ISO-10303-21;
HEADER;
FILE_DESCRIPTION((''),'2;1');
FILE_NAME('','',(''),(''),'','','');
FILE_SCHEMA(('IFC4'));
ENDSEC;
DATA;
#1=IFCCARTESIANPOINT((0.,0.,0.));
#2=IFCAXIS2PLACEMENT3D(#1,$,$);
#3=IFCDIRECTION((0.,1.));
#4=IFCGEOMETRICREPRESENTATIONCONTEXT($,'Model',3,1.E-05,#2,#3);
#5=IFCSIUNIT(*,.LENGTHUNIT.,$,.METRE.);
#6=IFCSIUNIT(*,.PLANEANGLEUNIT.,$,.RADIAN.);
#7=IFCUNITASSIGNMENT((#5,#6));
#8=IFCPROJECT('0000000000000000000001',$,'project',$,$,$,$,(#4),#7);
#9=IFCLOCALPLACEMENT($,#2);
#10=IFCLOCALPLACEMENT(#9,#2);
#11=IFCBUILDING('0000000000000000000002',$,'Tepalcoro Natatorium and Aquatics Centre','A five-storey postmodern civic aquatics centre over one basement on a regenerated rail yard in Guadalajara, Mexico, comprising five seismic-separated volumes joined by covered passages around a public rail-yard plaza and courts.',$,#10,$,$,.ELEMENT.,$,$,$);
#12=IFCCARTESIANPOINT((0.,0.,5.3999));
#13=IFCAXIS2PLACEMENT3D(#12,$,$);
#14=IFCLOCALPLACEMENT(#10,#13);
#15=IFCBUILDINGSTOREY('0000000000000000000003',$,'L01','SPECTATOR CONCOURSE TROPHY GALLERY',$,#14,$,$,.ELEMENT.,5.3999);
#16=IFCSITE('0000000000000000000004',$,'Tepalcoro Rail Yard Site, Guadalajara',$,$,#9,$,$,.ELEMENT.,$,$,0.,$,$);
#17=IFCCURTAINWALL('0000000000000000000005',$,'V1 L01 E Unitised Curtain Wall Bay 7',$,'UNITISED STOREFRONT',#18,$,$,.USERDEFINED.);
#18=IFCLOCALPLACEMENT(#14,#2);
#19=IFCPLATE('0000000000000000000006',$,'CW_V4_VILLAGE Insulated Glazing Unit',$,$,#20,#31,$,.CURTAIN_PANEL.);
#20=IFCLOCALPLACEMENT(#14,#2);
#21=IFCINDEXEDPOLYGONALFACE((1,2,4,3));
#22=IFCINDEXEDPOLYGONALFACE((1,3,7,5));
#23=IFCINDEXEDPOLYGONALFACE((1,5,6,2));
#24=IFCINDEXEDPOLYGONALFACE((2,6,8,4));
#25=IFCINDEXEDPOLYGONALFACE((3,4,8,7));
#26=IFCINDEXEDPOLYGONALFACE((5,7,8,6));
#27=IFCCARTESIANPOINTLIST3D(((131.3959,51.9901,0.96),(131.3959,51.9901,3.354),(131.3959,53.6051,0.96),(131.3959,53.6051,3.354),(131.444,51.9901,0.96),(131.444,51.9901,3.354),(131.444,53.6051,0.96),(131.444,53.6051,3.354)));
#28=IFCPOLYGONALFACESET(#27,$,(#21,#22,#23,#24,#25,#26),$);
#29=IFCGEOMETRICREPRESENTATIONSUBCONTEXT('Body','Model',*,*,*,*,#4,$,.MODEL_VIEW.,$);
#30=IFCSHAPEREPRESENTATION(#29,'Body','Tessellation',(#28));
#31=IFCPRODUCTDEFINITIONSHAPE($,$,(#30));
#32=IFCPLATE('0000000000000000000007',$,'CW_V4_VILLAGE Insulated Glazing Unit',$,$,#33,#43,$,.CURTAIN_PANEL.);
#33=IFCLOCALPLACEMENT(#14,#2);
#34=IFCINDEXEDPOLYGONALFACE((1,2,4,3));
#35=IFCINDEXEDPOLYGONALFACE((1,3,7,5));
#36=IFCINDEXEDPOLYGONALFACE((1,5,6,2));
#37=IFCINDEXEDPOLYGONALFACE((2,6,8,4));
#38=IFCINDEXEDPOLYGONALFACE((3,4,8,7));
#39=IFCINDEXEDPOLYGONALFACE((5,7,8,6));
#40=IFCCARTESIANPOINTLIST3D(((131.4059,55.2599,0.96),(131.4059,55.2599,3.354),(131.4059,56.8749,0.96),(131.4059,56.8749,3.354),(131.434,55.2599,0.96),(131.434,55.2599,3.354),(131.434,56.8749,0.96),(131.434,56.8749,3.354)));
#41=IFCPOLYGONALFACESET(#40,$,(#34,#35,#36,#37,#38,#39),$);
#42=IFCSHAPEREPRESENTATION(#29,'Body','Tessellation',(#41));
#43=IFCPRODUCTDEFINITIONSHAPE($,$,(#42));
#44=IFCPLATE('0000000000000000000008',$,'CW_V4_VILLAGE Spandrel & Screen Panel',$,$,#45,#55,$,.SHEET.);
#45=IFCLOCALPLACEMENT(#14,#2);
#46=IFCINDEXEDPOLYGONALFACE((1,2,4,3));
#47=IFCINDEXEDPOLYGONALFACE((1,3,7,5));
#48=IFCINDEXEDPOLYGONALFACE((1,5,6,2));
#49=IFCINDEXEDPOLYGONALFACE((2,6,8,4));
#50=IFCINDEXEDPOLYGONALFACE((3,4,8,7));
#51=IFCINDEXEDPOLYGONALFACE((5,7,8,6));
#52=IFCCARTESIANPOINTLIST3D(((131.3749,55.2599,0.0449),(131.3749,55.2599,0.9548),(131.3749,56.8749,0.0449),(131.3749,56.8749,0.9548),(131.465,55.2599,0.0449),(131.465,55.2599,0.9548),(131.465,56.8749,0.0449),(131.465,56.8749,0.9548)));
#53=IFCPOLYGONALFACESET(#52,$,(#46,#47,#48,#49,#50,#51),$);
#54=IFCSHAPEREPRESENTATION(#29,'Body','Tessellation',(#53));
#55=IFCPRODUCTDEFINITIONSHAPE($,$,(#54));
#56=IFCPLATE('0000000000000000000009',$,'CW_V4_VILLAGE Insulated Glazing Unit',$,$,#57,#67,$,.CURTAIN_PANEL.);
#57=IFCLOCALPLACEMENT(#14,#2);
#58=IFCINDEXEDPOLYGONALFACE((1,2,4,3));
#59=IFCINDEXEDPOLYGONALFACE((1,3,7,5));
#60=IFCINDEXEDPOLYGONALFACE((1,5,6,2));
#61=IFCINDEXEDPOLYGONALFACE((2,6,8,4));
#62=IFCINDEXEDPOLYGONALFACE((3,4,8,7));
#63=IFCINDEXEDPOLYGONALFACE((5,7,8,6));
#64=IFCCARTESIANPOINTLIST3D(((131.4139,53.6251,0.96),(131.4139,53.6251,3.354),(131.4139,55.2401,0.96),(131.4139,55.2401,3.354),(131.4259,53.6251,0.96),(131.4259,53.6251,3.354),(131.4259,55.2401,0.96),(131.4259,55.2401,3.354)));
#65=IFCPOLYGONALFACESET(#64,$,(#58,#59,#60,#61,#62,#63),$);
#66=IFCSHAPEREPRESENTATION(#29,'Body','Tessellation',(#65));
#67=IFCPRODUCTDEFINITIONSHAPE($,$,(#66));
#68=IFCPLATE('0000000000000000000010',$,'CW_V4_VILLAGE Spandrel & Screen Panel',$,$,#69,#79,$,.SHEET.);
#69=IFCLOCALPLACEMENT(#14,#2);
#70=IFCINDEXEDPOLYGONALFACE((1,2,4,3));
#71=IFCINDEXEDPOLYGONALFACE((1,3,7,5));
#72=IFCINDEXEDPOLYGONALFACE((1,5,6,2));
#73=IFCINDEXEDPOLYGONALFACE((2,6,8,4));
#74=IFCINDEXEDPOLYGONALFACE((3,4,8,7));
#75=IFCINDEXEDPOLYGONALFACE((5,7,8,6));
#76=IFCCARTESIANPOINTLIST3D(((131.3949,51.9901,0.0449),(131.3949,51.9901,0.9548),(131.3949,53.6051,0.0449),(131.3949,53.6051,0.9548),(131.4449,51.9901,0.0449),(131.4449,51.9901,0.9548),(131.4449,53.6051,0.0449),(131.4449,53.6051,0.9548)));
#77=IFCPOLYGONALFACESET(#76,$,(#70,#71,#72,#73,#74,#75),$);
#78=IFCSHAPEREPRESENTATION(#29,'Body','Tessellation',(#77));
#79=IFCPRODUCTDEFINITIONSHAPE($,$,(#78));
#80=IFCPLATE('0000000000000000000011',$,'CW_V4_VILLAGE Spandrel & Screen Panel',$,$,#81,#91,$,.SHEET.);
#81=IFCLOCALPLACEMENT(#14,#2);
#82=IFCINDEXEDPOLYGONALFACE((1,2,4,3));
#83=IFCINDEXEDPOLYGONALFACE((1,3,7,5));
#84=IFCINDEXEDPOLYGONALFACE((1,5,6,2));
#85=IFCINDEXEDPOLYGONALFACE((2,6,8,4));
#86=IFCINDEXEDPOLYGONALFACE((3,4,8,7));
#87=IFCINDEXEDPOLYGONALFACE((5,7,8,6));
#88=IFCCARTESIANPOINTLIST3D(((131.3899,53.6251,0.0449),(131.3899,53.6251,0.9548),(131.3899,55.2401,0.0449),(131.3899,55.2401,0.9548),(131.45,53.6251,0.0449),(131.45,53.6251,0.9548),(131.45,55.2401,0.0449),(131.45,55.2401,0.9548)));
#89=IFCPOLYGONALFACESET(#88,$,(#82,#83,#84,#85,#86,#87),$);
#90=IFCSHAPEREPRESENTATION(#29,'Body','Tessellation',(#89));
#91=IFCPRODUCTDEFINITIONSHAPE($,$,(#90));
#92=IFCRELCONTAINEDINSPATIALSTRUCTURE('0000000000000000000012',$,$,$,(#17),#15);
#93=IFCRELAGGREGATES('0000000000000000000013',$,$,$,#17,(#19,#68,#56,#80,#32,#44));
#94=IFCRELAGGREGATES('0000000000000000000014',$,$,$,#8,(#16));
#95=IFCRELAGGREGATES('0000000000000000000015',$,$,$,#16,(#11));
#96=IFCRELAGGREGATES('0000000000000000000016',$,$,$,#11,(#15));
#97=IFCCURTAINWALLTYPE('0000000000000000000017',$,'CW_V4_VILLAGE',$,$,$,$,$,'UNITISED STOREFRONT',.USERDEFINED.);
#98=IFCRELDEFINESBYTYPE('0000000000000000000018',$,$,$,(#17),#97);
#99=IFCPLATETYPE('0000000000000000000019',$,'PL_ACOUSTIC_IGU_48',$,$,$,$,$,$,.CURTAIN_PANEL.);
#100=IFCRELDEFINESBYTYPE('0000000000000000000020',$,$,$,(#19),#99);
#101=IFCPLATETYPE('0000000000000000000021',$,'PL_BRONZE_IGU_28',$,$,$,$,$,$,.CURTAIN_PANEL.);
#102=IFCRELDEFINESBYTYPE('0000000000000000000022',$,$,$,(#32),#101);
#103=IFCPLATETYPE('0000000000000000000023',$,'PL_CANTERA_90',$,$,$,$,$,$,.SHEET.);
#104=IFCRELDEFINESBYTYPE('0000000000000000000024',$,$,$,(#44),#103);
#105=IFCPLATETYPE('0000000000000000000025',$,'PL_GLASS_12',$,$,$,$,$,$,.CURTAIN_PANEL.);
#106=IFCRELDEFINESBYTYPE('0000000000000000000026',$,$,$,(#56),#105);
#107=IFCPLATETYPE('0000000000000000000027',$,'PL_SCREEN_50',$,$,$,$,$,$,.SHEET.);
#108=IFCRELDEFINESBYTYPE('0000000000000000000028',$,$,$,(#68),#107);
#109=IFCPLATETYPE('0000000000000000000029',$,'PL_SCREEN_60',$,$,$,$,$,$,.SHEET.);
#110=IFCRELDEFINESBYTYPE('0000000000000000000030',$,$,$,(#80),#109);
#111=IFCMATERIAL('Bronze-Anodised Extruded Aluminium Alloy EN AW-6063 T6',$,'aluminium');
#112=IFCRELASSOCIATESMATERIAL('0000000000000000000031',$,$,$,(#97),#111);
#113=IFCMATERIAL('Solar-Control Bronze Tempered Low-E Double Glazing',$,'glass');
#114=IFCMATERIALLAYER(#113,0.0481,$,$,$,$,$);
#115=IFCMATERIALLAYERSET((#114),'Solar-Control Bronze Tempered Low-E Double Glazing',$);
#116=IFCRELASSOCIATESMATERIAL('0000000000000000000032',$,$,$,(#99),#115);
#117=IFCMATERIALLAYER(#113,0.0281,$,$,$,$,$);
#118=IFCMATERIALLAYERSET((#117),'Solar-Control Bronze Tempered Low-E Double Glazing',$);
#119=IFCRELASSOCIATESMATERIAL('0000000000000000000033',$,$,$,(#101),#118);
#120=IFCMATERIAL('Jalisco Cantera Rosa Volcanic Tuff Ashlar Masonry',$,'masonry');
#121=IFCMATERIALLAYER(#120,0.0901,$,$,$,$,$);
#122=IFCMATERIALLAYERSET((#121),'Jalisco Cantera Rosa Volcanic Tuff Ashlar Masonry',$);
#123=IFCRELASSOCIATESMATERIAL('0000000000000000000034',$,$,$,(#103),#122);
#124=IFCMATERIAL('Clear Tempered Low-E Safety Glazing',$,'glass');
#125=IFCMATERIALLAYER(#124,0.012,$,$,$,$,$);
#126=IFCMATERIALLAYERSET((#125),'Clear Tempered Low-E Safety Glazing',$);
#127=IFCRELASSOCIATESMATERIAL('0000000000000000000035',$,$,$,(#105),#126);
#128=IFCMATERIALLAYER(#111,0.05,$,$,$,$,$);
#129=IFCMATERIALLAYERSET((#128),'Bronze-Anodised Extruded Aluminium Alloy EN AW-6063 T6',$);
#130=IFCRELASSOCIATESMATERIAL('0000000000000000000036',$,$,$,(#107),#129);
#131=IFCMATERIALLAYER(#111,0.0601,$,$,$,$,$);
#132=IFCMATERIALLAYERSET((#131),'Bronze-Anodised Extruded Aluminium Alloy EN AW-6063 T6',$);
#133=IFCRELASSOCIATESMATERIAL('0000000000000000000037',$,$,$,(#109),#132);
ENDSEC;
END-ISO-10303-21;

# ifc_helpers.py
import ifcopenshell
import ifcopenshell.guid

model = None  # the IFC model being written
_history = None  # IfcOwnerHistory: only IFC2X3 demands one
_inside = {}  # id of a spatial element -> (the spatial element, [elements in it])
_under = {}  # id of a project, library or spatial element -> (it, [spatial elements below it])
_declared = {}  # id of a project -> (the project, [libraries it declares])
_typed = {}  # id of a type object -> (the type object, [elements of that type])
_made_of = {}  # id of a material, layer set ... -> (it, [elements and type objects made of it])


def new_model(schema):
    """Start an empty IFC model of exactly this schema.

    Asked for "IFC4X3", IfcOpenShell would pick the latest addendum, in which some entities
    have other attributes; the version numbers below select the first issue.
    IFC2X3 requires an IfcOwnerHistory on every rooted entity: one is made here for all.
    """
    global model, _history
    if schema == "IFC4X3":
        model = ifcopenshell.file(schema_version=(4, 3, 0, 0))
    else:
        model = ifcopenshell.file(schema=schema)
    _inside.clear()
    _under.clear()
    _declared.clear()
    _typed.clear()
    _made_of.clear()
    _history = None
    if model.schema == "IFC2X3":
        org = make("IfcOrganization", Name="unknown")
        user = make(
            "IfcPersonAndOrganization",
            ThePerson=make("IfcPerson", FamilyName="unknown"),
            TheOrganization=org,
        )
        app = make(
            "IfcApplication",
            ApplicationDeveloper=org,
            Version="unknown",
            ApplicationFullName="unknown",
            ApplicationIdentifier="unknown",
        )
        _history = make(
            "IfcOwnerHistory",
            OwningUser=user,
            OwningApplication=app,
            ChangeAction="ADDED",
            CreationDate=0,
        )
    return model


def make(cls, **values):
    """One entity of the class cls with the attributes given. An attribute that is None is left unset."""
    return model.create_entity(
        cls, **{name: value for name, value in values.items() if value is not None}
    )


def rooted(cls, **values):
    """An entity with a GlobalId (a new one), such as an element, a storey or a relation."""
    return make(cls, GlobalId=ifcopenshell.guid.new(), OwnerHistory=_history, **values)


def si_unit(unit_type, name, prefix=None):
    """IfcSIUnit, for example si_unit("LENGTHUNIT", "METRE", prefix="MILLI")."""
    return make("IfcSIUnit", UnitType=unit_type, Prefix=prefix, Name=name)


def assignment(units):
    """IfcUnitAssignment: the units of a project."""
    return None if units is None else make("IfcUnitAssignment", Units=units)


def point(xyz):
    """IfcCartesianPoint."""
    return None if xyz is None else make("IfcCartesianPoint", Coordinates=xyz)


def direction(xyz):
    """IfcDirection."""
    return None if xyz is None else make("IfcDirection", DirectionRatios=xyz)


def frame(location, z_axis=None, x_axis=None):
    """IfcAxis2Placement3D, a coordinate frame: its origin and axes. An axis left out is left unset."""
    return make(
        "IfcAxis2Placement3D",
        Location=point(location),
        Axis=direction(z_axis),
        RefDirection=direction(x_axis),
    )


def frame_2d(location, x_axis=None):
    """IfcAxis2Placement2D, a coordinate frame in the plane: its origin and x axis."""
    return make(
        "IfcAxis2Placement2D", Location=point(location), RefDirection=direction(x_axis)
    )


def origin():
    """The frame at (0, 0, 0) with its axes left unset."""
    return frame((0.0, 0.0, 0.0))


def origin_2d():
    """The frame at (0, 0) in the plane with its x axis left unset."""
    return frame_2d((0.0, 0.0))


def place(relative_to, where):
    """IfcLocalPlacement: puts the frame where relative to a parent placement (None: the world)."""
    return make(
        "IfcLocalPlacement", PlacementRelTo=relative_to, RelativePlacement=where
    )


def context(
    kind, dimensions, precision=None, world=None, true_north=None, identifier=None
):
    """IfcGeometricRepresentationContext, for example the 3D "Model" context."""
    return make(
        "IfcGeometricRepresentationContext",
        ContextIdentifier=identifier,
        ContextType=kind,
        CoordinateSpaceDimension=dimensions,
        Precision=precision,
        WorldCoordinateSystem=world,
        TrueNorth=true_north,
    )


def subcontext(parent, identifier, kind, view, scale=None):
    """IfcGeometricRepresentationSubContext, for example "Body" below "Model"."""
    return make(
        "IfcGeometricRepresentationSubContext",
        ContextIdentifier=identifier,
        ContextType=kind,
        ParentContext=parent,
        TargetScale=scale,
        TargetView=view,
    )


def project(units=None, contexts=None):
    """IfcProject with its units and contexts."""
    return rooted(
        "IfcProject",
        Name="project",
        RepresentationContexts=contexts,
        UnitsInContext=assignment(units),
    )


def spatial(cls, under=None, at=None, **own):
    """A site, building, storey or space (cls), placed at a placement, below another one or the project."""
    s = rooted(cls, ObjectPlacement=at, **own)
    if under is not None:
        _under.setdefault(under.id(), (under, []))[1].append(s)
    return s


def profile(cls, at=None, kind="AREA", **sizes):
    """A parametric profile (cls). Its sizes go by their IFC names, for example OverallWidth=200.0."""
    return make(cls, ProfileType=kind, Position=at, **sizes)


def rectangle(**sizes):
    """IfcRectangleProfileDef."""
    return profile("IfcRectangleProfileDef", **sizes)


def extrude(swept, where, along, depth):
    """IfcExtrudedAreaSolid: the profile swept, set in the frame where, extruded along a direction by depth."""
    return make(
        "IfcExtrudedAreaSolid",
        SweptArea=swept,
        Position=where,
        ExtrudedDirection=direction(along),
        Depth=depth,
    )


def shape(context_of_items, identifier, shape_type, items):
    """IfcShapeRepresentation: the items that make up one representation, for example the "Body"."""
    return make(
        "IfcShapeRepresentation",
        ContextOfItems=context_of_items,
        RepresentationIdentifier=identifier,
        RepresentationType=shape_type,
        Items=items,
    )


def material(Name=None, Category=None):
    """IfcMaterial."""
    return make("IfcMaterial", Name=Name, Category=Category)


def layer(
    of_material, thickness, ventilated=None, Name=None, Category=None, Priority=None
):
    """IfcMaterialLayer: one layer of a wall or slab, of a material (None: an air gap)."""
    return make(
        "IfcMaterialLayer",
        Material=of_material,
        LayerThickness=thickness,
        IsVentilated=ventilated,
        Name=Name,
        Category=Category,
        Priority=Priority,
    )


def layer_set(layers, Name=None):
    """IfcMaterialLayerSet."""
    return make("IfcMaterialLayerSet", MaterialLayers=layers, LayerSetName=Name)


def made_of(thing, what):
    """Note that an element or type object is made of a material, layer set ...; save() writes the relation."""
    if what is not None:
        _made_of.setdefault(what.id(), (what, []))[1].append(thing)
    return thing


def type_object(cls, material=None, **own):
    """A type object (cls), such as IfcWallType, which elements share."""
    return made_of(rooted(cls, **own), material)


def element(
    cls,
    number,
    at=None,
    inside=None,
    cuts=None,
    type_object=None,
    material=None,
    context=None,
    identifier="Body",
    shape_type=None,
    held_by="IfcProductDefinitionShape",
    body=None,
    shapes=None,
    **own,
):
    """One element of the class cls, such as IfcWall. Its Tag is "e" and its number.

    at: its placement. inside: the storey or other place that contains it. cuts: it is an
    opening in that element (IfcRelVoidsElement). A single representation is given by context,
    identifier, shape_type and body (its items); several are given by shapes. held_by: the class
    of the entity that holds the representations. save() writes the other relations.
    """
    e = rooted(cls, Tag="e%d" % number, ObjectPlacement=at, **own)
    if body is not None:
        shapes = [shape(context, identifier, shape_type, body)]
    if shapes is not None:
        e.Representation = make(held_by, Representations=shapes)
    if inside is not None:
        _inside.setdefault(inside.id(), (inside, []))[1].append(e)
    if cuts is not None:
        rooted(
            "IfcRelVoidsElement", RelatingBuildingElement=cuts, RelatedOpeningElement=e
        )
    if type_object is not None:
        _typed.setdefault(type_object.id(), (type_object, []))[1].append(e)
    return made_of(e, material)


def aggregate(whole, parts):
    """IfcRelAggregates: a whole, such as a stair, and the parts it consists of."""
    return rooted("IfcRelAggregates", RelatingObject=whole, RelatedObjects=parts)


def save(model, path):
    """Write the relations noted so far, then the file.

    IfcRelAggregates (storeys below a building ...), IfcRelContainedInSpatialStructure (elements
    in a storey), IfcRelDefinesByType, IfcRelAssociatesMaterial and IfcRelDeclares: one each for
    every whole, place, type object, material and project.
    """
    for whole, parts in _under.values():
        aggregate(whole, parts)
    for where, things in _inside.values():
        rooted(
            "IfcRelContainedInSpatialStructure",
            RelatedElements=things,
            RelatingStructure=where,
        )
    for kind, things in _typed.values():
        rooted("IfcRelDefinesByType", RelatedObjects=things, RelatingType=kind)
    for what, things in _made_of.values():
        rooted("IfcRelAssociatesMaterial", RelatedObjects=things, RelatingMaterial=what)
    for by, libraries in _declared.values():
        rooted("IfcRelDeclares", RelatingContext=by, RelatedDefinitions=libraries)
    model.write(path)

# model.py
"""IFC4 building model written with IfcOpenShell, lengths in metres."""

from ifc_helpers import new_model, si_unit, direction, frame, origin, origin_2d, place, context, subcontext, project, spatial, rectangle, extrude, material, layer, layer_set, type_object, element, aggregate, save


model = new_model("IFC4")

# Units and contexts
model_context = context("Model", 3, precision=1e-05, world=origin(), true_north=direction((0.0, 1.0)))
body_context = subcontext(model_context, "Body", "Model", "MODEL_VIEW")
ifc_project = project(units=[si_unit("LENGTHUNIT", "METRE"), si_unit("PLANEANGLEUNIT", "RADIAN")], contexts=[model_context])

# Site, building, storey
site_placement = place(None, origin())
site = spatial("IfcSite", under=ifc_project, at=site_placement, Name="Tepalcoro Rail Yard Site, Guadalajara", CompositionType="ELEMENT", RefElevation=0.0)
building_placement = place(site_placement, origin())
building = spatial("IfcBuilding", under=site, at=building_placement, Name="Tepalcoro Natatorium and Aquatics Centre", Description="A five-storey postmodern civic aquatics centre over one basement on a regenerated rail yard in Guadalajara, Mexico, comprising five seismic-separated volumes joined by covered passages around a public rail-yard plaza and courts.", CompositionType="ELEMENT")
storey_placement = place(building_placement, frame((0.0, 0.0, 5.3999)))
storey = spatial("IfcBuildingStorey", under=building, at=storey_placement, Name="L01", Description="SPECTATOR CONCOURSE TROPHY GALLERY", CompositionType="ELEMENT", Elevation=5.3999)

# Curtain wall
ifc_material_1 = material(Name="Bronze-Anodised Extruded Aluminium Alloy EN AW-6063 T6", Category="aluminium")
curtain_wall_type = type_object("IfcCurtainWallType", Name="CW_V4_VILLAGE", ElementType="UNITISED STOREFRONT", PredefinedType="USERDEFINED", material=ifc_material_1)
curtain_wall_placement = place(storey_placement, origin())
curtain_wall = element("IfcCurtainWall", 1, at=curtain_wall_placement, inside=storey, type_object=curtain_wall_type, Name="V1 L01 E Unitised Curtain Wall Bay 7", ObjectType="UNITISED STOREFRONT", PredefinedType="USERDEFINED")

# Plates
ifc_material_2 = material(Name="Solar-Control Bronze Tempered Low-E Double Glazing", Category="glass")
ifc_layer_1 = layer(ifc_material_2, 0.0481)
ifc_layer_set_1 = layer_set([ifc_layer_1], Name="Solar-Control Bronze Tempered Low-E Double Glazing")
plate_type_1 = type_object("IfcPlateType", Name="PL_ACOUSTIC_IGU_48", PredefinedType="CURTAIN_PANEL", material=ifc_layer_set_1)
plate_1_placement = place(storey_placement, frame((131.4199, 52.7976, 0.96), z_axis=(0.0, 0.0, 1.0), x_axis=(1.0, 0.0, 0.0)))
plate_1 = element("IfcPlate", 2, at=plate_1_placement, type_object=plate_type_1, Name="CW_V4_VILLAGE Insulated Glazing Unit", PredefinedType="CURTAIN_PANEL", context=body_context, shape_type="SweptSolid", body=[
    extrude(rectangle(XDim=0.0481, YDim=1.615, at=origin_2d()), origin(), (0.0, 0.0, 1.0), 2.394),
])
ifc_layer_2 = layer(ifc_material_2, 0.0281)
ifc_layer_set_2 = layer_set([ifc_layer_2], Name="Solar-Control Bronze Tempered Low-E Double Glazing")
plate_type_2 = type_object("IfcPlateType", Name="PL_BRONZE_IGU_28", PredefinedType="CURTAIN_PANEL", material=ifc_layer_set_2)
plate_2_placement = place(storey_placement, frame((131.4199, 56.0674, 0.96), z_axis=(0.0, 0.0, 1.0), x_axis=(1.0, 0.0, 0.0)))
plate_2 = element("IfcPlate", 3, at=plate_2_placement, type_object=plate_type_2, Name="CW_V4_VILLAGE Insulated Glazing Unit", PredefinedType="CURTAIN_PANEL", context=body_context, shape_type="SweptSolid", body=[
    extrude(rectangle(XDim=0.0281, YDim=1.615, at=origin_2d()), origin(), (0.0, 0.0, 1.0), 2.394),
])
ifc_material_3 = material(Name="Jalisco Cantera Rosa Volcanic Tuff Ashlar Masonry", Category="masonry")
ifc_layer_3 = layer(ifc_material_3, 0.0901)
ifc_layer_set_3 = layer_set([ifc_layer_3], Name="Jalisco Cantera Rosa Volcanic Tuff Ashlar Masonry")
plate_type_3 = type_object("IfcPlateType", Name="PL_CANTERA_90", PredefinedType="SHEET", material=ifc_layer_set_3)
plate_3_placement = place(storey_placement, frame((131.4199, 56.0674, 0.0449), z_axis=(0.0, 0.0, 1.0), x_axis=(1.0, 0.0, 0.0)))
plate_3 = element("IfcPlate", 4, at=plate_3_placement, type_object=plate_type_3, Name="CW_V4_VILLAGE Spandrel & Screen Panel", PredefinedType="SHEET", context=body_context, shape_type="SweptSolid", body=[
    extrude(rectangle(XDim=0.0901, YDim=1.615, at=origin_2d()), origin(), (0.0, 0.0, 1.0), 0.9099),
])
ifc_material_4 = material(Name="Clear Tempered Low-E Safety Glazing", Category="glass")
ifc_layer_4 = layer(ifc_material_4, 0.012)
ifc_layer_set_4 = layer_set([ifc_layer_4], Name="Clear Tempered Low-E Safety Glazing")
plate_type_4 = type_object("IfcPlateType", Name="PL_GLASS_12", PredefinedType="CURTAIN_PANEL", material=ifc_layer_set_4)
plate_4_placement = place(storey_placement, frame((131.4199, 54.4326, 0.96), z_axis=(0.0, 0.0, 1.0), x_axis=(1.0, 0.0, 0.0)))
plate_4 = element("IfcPlate", 5, at=plate_4_placement, type_object=plate_type_4, Name="CW_V4_VILLAGE Insulated Glazing Unit", PredefinedType="CURTAIN_PANEL", context=body_context, shape_type="SweptSolid", body=[
    extrude(rectangle(XDim=0.012, YDim=1.615, at=origin_2d()), origin(), (0.0, 0.0, 1.0), 2.394),
])
ifc_layer_5 = layer(ifc_material_1, 0.05)
ifc_layer_set_5 = layer_set([ifc_layer_5], Name="Bronze-Anodised Extruded Aluminium Alloy EN AW-6063 T6")
plate_type_5 = type_object("IfcPlateType", Name="PL_SCREEN_50", PredefinedType="SHEET", material=ifc_layer_set_5)
plate_5_placement = place(storey_placement, frame((131.4199, 52.7976, 0.0449), z_axis=(0.0, 0.0, 1.0), x_axis=(1.0, 0.0, 0.0)))
plate_5 = element("IfcPlate", 6, at=plate_5_placement, type_object=plate_type_5, Name="CW_V4_VILLAGE Spandrel & Screen Panel", PredefinedType="SHEET", context=body_context, shape_type="SweptSolid", body=[
    extrude(rectangle(XDim=0.05, YDim=1.615, at=origin_2d()), origin(), (0.0, 0.0, 1.0), 0.9099),
])
ifc_layer_6 = layer(ifc_material_1, 0.0601)
ifc_layer_set_6 = layer_set([ifc_layer_6], Name="Bronze-Anodised Extruded Aluminium Alloy EN AW-6063 T6")
plate_type_6 = type_object("IfcPlateType", Name="PL_SCREEN_60", PredefinedType="SHEET", material=ifc_layer_set_6)
plate_6_placement = place(storey_placement, frame((131.4199, 54.4326, 0.0449), z_axis=(0.0, 0.0, 1.0), x_axis=(1.0, 0.0, 0.0)))
plate_6 = element("IfcPlate", 7, at=plate_6_placement, type_object=plate_type_6, Name="CW_V4_VILLAGE Spandrel & Screen Panel", PredefinedType="SHEET", context=body_context, shape_type="SweptSolid", body=[
    extrude(rectangle(XDim=0.0601, YDim=1.615, at=origin_2d()), origin(), (0.0, 0.0, 1.0), 0.9099),
])
aggregate(curtain_wall, [plate_1, plate_5, plate_4, plate_6, plate_2, plate_3])

save(model, "model.ifc")
